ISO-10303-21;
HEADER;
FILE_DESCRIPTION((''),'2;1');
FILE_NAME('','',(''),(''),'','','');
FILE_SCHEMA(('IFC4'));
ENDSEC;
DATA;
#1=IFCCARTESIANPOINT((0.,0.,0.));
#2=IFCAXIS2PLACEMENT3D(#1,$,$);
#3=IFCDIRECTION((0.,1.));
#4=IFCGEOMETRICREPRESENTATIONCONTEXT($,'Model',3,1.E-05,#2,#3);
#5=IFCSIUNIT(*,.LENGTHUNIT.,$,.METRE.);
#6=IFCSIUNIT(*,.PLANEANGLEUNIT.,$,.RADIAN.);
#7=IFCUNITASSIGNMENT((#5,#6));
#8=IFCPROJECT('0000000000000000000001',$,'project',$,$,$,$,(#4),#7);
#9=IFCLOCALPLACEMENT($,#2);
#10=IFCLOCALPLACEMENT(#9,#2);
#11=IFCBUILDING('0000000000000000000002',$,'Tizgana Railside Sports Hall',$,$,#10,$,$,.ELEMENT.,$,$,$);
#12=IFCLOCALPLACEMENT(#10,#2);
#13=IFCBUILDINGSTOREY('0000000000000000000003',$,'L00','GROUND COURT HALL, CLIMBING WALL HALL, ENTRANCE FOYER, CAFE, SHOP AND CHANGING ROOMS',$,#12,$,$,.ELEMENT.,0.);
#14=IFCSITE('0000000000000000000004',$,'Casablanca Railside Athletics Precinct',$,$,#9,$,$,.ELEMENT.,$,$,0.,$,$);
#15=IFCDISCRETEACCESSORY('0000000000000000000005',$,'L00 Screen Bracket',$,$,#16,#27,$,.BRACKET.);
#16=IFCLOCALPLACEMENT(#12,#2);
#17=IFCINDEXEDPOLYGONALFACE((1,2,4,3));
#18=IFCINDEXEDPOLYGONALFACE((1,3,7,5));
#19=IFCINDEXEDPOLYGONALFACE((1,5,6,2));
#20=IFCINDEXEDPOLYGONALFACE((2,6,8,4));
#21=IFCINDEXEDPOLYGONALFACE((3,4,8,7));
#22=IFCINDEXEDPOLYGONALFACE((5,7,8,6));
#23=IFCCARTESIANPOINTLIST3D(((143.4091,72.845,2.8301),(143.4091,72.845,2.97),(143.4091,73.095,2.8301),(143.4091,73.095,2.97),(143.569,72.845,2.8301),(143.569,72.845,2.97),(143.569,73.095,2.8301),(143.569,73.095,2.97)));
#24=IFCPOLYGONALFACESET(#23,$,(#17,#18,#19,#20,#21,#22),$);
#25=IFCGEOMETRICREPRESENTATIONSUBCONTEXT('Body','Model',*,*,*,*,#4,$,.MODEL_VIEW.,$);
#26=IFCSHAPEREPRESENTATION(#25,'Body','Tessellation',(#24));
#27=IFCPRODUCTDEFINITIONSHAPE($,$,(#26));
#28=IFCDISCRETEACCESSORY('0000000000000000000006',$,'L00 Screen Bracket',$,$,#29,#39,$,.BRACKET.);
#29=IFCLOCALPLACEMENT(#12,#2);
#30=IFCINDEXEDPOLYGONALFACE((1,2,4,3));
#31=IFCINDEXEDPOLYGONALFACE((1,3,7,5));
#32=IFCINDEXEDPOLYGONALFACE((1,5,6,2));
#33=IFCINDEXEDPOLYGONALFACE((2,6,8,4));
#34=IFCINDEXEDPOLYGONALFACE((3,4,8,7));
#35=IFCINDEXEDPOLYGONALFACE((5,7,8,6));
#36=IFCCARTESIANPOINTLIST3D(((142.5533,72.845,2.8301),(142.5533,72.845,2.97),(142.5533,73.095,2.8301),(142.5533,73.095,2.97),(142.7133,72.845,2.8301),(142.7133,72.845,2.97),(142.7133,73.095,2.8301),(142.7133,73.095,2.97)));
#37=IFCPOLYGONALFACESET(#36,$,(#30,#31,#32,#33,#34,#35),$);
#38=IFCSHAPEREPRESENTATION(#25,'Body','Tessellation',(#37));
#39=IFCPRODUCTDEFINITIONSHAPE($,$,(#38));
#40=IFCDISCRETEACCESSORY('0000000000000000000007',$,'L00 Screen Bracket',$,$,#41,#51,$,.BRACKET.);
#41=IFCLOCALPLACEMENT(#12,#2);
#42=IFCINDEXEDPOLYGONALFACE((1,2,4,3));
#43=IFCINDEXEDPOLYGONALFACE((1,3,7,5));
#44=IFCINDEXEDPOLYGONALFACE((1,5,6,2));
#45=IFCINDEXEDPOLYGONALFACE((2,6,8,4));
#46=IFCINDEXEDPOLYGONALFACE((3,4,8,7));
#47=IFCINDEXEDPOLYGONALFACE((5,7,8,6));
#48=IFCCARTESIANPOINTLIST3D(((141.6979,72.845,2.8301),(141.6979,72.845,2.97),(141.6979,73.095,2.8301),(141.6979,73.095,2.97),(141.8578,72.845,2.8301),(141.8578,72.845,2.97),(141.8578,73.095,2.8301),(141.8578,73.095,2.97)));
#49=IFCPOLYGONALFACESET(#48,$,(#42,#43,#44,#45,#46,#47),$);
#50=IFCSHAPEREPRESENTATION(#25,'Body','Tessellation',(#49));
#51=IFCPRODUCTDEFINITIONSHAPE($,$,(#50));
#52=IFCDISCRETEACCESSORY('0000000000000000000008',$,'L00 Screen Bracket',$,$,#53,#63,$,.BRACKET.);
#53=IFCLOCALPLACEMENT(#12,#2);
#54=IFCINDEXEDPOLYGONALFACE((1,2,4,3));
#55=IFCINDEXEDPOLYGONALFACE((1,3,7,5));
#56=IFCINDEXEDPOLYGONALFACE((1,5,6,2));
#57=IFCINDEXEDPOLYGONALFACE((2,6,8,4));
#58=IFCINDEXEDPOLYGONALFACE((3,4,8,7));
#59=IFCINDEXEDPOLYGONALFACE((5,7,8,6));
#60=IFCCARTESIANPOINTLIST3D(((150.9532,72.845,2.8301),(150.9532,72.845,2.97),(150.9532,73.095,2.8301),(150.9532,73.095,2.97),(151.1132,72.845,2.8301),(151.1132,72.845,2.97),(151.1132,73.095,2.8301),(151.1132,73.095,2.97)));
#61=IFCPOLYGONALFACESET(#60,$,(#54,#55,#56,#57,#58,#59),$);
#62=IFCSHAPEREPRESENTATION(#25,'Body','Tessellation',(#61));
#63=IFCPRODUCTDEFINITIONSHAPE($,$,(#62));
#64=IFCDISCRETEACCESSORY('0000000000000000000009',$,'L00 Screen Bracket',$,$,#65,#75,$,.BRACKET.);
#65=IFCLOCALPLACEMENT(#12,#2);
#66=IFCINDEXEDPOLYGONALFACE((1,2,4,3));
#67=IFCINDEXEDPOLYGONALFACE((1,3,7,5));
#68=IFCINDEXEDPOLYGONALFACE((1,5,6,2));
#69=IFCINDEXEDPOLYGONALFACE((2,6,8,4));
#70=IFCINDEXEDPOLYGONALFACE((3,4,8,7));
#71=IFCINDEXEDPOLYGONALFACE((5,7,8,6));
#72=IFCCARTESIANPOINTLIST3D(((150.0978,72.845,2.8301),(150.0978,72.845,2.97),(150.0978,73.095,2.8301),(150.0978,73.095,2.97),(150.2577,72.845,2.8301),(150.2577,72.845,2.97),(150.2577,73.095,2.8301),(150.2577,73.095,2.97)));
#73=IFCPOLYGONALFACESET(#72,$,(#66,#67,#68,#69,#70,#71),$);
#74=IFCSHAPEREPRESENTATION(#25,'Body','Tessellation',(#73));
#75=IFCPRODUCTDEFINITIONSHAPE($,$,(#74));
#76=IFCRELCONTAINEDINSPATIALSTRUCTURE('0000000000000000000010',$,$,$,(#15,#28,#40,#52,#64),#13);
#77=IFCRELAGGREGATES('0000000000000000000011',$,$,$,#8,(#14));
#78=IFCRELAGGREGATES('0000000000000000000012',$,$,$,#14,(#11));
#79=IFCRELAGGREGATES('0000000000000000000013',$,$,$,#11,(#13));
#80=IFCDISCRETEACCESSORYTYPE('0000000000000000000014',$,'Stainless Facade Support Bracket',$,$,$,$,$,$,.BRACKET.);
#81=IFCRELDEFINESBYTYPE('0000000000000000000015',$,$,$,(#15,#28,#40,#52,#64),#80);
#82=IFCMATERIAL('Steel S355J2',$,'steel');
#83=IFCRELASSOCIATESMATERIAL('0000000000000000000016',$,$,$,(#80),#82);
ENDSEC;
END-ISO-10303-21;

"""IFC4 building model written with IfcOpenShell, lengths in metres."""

from ifc_helpers import new_model, si_unit, direction, frame, origin, origin_2d, place, context, subcontext, project, spatial, rectangle, extrude, material, type_object, element, save


model = new_model("IFC4")

# Units and contexts
model_context = context("Model", 3, precision=1e-05, world=origin(), true_north=direction((0.0, 1.0)))
body_context = subcontext(model_context, "Body", "Model", "MODEL_VIEW")
ifc_project = project(units=[si_unit("LENGTHUNIT", "METRE"), si_unit("PLANEANGLEUNIT", "RADIAN")], contexts=[model_context])

# Site, building, storey
site_placement = place(None, origin())
site = spatial("IfcSite", under=ifc_project, at=site_placement, Name="Casablanca Railside Athletics Precinct", CompositionType="ELEMENT", RefElevation=0.0)
building_placement = place(site_placement, origin())
building = spatial("IfcBuilding", under=site, at=building_placement, Name="Tizgana Railside Sports Hall", CompositionType="ELEMENT")
storey_placement = place(building_placement, origin())
storey = spatial("IfcBuildingStorey", under=building, at=storey_placement, Name="L00", Description="GROUND COURT HALL, CLIMBING WALL HALL, ENTRANCE FOYER, CAFE, SHOP AND CHANGING ROOMS", CompositionType="ELEMENT", Elevation=0.0)

# Shared definitions
ifc_material_1 = material(Name="Steel S355J2", Category="steel")

# Discrete accessories
discrete_accessory_type = type_object("IfcDiscreteAccessoryType", Name="Stainless Facade Support Bracket", PredefinedType="BRACKET", material=ifc_material_1)
for number, where, z_axis, x_axis, name in (
    (1, (143.489, 72.97, 2.8301), (0.0, 0.0, 1.0), (-1.0, 0.0, 0.0), "L00 Screen Bracket"),
    (2, (142.6333, 72.97, 2.8301), (0.0, 0.0, 1.0), (-1.0, 0.0, 0.0), "L00 Screen Bracket"),
    (3, (141.7778, 72.97, 2.8301), (0.0, 0.0, 1.0), (-1.0, 0.0, 0.0), "L00 Screen Bracket"),
    (4, (151.0332, 72.97, 2.8301), (0.0, 0.0, 1.0), (-1.0, 0.0, 0.0), "L00 Screen Bracket"),
    (5, (150.1777, 72.97, 2.8301), (0.0, 0.0, 1.0), (-1.0, 0.0, 0.0), "L00 Screen Bracket"),
):
    element("IfcDiscreteAccessory", number, at=place(storey_placement, frame(where, z_axis=z_axis, x_axis=x_axis)), inside=storey, type_object=discrete_accessory_type, Name=name, PredefinedType="BRACKET", context=body_context, shape_type="SweptSolid", body=[
        extrude(rectangle(XDim=0.1599, YDim=0.25, at=origin_2d()), origin(), (0.0, 0.0, 1.0), 0.1399),
    ])

save(model, "model.ifc")
